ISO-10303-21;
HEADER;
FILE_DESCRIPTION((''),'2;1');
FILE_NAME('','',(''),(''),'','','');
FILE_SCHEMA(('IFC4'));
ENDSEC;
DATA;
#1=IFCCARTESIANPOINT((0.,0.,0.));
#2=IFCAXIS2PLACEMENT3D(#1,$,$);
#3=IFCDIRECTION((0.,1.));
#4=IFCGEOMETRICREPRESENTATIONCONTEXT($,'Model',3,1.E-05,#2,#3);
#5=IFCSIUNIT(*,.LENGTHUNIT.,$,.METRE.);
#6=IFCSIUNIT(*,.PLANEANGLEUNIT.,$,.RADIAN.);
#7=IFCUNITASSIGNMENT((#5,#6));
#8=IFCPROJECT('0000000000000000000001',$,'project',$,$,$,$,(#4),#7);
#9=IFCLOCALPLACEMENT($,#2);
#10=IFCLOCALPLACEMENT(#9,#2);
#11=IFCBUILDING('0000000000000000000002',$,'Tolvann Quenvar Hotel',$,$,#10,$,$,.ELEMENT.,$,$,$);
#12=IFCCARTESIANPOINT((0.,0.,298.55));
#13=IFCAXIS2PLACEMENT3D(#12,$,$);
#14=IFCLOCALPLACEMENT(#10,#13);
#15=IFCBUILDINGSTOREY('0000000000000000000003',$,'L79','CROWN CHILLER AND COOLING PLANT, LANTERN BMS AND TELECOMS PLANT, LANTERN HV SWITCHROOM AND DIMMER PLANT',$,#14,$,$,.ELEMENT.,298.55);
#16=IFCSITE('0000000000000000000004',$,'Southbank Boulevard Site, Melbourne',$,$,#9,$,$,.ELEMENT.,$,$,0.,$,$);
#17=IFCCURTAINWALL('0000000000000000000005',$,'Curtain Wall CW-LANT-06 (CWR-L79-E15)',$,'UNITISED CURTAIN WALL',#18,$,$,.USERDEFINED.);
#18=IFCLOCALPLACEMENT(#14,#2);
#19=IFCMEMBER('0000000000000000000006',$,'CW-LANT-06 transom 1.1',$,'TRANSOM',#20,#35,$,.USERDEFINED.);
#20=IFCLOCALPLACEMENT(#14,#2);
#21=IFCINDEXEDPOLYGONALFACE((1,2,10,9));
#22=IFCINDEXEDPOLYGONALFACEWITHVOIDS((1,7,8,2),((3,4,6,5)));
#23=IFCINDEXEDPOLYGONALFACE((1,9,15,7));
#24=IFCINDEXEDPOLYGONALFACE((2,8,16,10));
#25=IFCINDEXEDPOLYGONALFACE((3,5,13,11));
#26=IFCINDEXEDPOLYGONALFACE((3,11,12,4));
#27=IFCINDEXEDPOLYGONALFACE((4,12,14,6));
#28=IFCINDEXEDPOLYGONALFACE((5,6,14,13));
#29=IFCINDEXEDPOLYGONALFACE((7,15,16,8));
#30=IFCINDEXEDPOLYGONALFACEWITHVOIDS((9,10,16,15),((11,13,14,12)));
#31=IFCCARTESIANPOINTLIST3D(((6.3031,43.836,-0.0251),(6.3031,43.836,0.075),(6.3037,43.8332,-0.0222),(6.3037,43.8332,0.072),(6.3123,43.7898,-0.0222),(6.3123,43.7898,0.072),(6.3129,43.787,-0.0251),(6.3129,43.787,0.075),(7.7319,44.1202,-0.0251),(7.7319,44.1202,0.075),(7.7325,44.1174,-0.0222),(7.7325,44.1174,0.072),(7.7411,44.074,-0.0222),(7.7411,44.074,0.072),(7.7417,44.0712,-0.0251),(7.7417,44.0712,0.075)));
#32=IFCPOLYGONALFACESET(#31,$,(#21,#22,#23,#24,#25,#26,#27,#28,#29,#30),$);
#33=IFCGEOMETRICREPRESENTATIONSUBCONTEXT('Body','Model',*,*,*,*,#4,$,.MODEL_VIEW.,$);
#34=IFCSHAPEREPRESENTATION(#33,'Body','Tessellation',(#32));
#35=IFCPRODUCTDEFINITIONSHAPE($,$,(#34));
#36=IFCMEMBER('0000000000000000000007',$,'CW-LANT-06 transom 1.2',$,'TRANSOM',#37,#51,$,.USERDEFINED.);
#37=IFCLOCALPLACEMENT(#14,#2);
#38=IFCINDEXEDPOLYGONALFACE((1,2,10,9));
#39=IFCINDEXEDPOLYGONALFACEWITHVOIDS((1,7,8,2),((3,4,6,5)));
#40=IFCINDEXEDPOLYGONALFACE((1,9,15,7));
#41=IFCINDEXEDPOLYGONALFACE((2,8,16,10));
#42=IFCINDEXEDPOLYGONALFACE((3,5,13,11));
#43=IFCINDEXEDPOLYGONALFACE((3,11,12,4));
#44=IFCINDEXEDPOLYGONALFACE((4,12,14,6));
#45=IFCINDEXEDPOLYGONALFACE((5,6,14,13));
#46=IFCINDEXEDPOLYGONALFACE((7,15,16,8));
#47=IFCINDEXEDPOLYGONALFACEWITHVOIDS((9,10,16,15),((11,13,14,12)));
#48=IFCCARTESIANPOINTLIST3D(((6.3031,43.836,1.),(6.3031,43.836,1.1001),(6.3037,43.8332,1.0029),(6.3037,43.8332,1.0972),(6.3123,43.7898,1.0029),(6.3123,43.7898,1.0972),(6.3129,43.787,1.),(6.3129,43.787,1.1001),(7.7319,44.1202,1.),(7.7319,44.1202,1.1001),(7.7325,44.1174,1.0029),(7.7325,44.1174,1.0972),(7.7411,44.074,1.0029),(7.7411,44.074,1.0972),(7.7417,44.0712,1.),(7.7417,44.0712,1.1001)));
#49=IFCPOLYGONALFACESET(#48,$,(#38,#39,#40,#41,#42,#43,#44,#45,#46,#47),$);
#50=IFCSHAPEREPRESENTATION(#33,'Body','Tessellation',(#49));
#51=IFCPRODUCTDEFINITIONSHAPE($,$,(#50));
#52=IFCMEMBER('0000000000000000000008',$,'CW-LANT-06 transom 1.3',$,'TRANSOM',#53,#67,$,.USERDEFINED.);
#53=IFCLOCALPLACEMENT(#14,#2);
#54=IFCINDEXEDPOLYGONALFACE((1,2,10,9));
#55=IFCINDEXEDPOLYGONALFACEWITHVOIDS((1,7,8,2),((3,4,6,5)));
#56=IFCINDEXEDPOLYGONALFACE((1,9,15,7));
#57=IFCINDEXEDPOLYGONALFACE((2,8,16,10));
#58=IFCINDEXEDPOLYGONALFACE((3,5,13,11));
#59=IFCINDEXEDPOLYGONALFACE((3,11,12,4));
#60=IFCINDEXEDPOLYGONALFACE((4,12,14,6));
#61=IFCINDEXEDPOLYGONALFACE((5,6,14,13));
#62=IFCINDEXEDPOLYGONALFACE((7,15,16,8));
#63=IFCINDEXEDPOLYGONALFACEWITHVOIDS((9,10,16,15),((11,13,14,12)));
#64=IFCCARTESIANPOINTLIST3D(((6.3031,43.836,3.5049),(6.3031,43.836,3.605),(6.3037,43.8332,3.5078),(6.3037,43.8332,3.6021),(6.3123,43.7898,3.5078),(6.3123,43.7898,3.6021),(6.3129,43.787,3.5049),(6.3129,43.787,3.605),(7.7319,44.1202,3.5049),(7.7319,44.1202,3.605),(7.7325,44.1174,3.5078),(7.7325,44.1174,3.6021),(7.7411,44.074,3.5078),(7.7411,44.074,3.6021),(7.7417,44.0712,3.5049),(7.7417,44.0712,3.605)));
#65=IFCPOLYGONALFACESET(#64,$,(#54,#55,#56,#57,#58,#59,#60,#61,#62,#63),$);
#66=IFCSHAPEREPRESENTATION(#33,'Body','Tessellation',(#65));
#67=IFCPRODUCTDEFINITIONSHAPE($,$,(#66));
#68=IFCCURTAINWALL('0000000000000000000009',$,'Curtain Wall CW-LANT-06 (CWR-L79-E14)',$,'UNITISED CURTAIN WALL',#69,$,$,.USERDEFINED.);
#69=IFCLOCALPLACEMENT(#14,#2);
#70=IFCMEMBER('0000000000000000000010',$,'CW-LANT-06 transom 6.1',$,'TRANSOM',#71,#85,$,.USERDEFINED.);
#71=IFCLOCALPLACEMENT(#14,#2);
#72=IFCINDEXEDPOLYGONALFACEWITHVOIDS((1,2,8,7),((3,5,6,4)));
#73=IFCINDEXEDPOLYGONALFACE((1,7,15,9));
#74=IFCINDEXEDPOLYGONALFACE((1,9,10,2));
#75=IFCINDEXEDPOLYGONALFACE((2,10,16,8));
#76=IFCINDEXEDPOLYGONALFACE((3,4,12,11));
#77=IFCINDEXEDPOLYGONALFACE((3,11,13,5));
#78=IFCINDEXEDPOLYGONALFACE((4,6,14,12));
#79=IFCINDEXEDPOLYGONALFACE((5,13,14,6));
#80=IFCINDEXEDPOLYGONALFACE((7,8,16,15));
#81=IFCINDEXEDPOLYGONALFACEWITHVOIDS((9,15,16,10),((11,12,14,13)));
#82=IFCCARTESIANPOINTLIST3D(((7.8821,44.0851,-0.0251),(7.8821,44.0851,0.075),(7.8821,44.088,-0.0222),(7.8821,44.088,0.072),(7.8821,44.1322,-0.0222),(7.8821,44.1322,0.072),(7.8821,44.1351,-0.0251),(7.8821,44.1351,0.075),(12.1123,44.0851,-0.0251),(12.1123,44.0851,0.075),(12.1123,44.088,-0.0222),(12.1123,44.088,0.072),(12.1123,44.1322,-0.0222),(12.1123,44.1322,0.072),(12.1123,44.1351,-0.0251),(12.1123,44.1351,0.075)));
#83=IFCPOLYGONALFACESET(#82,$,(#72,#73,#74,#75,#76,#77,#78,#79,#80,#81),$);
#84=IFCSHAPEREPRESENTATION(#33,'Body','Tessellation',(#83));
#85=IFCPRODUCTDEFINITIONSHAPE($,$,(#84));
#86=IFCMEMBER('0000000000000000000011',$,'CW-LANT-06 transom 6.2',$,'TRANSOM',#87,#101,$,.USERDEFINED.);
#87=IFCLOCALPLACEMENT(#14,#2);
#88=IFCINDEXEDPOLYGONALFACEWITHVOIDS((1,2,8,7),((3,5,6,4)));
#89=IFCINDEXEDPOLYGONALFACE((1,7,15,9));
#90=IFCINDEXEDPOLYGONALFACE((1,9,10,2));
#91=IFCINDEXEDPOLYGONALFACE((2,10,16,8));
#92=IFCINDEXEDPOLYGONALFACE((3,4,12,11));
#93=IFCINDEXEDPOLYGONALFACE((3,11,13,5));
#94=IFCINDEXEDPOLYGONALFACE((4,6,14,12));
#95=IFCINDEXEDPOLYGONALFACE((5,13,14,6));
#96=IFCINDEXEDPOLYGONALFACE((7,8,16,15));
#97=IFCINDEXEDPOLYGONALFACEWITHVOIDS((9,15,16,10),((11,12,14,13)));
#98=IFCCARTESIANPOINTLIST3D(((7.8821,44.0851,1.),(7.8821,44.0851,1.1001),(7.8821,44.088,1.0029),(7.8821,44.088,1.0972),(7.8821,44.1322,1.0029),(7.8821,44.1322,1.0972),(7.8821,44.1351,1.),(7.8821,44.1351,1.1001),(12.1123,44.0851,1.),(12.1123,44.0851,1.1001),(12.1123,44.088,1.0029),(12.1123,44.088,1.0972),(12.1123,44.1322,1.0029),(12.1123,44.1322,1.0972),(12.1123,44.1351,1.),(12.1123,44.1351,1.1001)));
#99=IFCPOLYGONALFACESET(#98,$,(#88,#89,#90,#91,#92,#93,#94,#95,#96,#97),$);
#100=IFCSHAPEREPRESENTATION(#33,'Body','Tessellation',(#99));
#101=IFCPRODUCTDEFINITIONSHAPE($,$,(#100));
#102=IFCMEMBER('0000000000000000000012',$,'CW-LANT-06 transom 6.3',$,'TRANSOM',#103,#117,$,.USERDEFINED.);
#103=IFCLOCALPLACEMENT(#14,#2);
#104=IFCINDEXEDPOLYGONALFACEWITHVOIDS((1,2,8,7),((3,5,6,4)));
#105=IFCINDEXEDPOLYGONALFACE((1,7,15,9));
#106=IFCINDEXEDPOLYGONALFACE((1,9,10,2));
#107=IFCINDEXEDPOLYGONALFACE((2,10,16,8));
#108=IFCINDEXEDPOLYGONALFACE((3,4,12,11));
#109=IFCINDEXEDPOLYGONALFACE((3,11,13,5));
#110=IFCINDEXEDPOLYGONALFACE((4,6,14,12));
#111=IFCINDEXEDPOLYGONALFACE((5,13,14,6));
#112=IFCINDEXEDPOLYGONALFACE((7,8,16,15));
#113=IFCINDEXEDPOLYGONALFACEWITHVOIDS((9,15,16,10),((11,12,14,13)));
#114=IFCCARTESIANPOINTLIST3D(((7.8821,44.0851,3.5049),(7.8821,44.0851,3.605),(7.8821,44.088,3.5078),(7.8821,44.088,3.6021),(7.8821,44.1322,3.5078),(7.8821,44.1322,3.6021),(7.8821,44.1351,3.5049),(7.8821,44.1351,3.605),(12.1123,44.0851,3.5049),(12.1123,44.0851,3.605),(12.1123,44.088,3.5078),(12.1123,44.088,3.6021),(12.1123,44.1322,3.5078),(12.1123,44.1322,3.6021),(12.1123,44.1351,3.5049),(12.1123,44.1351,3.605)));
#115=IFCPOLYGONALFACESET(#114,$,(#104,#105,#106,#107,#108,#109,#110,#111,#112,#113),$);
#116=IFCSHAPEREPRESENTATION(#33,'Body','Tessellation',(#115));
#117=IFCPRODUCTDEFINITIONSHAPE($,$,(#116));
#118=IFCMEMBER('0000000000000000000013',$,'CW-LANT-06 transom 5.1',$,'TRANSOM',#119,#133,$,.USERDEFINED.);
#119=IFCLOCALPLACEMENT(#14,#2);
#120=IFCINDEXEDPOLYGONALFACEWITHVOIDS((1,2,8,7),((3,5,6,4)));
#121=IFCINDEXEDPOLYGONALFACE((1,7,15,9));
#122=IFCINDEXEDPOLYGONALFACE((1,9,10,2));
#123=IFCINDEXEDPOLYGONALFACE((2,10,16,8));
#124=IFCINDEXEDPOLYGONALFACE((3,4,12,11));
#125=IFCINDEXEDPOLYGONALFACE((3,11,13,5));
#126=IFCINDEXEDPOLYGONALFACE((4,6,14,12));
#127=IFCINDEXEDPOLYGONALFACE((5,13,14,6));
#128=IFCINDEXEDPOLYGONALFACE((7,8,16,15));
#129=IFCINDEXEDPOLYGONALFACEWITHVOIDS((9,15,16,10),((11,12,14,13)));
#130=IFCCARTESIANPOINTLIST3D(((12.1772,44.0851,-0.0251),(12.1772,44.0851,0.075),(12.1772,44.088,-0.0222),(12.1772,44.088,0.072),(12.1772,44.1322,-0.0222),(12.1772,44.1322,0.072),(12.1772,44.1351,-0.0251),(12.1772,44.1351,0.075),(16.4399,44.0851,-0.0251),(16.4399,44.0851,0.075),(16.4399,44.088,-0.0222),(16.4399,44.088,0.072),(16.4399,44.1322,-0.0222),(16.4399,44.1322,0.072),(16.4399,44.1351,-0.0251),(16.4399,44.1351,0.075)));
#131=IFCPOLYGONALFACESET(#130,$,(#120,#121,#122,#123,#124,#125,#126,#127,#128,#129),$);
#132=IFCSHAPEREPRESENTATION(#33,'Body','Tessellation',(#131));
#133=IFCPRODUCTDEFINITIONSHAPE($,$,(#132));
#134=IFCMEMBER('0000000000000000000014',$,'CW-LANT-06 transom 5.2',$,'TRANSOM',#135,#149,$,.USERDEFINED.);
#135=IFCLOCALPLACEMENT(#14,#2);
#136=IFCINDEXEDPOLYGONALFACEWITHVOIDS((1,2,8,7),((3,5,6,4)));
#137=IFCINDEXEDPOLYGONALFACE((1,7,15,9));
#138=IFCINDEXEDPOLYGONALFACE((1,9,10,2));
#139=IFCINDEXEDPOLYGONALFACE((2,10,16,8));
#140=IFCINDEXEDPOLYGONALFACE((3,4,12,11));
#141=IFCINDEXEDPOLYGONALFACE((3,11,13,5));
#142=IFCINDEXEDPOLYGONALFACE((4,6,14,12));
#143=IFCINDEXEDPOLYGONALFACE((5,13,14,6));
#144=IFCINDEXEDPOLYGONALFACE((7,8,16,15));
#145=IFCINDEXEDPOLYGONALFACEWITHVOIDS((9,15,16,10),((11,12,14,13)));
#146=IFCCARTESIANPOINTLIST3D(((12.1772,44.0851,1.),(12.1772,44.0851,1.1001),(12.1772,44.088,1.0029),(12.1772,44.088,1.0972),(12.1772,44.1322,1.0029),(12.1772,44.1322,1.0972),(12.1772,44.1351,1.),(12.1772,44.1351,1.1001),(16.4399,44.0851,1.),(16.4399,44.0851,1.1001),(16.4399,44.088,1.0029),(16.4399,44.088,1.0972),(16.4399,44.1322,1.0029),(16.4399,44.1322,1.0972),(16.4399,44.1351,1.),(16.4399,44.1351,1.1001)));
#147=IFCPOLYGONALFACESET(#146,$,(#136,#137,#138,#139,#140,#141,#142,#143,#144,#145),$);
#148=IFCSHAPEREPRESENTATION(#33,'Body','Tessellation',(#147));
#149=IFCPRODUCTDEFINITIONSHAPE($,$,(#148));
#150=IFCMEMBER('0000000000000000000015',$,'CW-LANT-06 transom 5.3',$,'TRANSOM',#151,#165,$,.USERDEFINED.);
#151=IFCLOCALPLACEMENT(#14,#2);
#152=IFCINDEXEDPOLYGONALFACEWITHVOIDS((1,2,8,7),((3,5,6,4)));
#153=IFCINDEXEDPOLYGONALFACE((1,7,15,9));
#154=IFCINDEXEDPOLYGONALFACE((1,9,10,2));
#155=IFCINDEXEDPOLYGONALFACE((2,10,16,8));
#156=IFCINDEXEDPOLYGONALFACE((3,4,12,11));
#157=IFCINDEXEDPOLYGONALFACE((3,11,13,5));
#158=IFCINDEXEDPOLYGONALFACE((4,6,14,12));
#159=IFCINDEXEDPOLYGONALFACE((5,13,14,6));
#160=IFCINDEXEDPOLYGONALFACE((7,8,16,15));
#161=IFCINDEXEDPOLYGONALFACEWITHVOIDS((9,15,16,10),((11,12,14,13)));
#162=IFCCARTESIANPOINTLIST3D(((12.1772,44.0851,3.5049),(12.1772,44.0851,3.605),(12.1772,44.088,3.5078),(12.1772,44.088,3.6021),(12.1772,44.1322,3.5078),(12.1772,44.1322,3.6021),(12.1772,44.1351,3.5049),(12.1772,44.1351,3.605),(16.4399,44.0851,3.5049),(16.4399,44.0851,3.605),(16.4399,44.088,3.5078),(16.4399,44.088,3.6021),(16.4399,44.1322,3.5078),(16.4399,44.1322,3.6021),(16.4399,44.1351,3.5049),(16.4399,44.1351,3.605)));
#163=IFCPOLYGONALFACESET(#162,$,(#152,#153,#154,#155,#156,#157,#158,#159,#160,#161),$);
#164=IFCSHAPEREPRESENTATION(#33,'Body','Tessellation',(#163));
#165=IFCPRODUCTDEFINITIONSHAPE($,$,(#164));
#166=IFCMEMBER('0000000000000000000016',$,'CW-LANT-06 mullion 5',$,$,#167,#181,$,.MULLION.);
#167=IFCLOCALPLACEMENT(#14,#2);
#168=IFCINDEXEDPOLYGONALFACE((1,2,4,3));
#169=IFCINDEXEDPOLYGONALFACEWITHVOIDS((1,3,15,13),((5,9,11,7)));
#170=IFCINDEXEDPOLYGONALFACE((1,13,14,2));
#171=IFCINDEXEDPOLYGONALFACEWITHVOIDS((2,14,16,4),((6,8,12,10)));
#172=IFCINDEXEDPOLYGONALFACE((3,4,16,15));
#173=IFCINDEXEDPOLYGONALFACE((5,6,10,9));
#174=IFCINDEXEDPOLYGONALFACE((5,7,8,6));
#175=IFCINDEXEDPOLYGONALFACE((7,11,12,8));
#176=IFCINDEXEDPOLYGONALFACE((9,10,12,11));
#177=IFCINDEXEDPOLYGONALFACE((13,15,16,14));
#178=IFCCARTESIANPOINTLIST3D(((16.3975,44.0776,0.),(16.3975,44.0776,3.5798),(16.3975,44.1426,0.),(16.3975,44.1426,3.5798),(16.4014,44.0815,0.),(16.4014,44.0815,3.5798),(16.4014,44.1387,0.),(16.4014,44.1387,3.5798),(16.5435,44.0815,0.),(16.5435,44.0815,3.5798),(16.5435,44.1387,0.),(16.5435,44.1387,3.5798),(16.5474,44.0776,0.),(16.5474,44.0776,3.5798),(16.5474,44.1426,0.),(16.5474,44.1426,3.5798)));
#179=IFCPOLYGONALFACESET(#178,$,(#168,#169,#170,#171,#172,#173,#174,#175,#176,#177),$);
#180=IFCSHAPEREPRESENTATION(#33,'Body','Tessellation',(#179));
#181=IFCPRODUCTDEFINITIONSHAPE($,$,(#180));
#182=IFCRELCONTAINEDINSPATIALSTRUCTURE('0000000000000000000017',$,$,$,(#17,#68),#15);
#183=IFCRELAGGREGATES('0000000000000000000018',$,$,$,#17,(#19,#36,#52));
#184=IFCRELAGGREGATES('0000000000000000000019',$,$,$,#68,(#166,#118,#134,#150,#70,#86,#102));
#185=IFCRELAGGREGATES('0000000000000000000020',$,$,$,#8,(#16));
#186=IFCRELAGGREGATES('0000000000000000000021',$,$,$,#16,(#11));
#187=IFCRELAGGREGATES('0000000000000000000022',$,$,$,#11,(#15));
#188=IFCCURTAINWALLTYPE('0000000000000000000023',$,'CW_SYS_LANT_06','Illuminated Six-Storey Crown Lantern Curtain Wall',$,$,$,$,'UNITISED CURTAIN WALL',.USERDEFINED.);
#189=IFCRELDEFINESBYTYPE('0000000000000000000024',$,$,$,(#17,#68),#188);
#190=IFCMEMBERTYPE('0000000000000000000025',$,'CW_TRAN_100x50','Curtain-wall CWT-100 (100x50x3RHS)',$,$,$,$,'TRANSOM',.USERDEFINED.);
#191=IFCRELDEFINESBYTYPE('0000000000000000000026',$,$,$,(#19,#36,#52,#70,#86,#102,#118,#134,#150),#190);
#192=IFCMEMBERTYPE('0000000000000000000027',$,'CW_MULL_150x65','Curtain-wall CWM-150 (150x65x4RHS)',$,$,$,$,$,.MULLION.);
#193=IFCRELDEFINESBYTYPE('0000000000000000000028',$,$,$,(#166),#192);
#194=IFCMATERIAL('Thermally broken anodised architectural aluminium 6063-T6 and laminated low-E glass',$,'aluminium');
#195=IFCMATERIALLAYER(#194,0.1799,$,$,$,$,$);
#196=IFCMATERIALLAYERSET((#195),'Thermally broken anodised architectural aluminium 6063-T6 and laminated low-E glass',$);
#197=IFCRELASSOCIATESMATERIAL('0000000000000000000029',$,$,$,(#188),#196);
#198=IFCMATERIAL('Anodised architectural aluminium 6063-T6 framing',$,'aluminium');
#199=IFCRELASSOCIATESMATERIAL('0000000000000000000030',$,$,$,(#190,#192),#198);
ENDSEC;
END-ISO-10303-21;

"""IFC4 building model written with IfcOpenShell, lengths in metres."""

from ifc_helpers import new_model, si_unit, direction, frame, origin, origin_2d, place, context, subcontext, project, spatial, hollow_rectangle, extrude, source, transform, mapped, material, layer, layer_set, material_profile, profile_set, type_object, type_shapes, element, aggregate, save


model = new_model("IFC4")

# Units and contexts
model_context = context("Model", 3, precision=1e-05, world=origin(), true_north=direction((0.0, 1.0)))
body_context = subcontext(model_context, "Body", "Model", "MODEL_VIEW")
ifc_project = project(units=[si_unit("LENGTHUNIT", "METRE"), si_unit("PLANEANGLEUNIT", "RADIAN")], contexts=[model_context])

# Site, building, storey
site_placement = place(None, origin())
site = spatial("IfcSite", under=ifc_project, at=site_placement, Name="Southbank Boulevard Site, Melbourne", CompositionType="ELEMENT", RefElevation=0.0)
building_placement = place(site_placement, origin())
building = spatial("IfcBuilding", under=site, at=building_placement, Name="Tolvann Quenvar Hotel", CompositionType="ELEMENT")
storey_placement = place(building_placement, frame((0.0, 0.0, 298.55)))
storey = spatial("IfcBuildingStorey", under=building, at=storey_placement, Name="L79", Description="CROWN CHILLER AND COOLING PLANT, LANTERN BMS AND TELECOMS PLANT, LANTERN HV SWITCHROOM AND DIMMER PLANT", CompositionType="ELEMENT", Elevation=298.55)

# Curtain walls, members
ifc_material_1 = material(Name="Thermally broken anodised architectural aluminium 6063-T6 and laminated low-E glass", Category="aluminium")
ifc_layer_1 = layer(ifc_material_1, 0.1799)
ifc_layer_set_1 = layer_set([ifc_layer_1], Name="Thermally broken anodised architectural aluminium 6063-T6 and laminated low-E glass")
curtain_wall_type = type_object("IfcCurtainWallType", Name="CW_SYS_LANT_06", Description="Illuminated Six-Storey Crown Lantern Curtain Wall", ElementType="UNITISED CURTAIN WALL", PredefinedType="USERDEFINED", material=ifc_layer_set_1)
curtain_wall_1_placement = place(storey_placement, origin())
curtain_wall_1 = element("IfcCurtainWall", 1, at=curtain_wall_1_placement, inside=storey, type_object=curtain_wall_type, Name="Curtain Wall CW-LANT-06 (CWR-L79-E15)", ObjectType="UNITISED CURTAIN WALL", PredefinedType="USERDEFINED")
ifc_material_2 = material(Name="Anodised architectural aluminium 6063-T6 framing", Category="aluminium")
ifc_material_profile_1 = material_profile(ifc_material_2, hollow_rectangle(XDim=0.05, YDim=0.1001, WallThickness=0.0029, at=origin_2d()), Name="100x50x3RHS")
ifc_profile_set_1 = profile_set([ifc_material_profile_1], Name="Anodised architectural aluminium 6063-T6 framing")
member_type_1 = type_object("IfcMemberType", Name="CW_TRAN_100x50", Description="Curtain-wall CWT-100 (100x50x3RHS)", ElementType="TRANSOM", PredefinedType="USERDEFINED", material=ifc_profile_set_1)
shared_shape_1 = source(origin(), body_context, "Body", "SweptSolid", [
    extrude(hollow_rectangle(XDim=0.05, YDim=0.1001, WallThickness=0.0029, at=origin_2d()), origin(), (0.0, 0.0, 1.0), 1.4568),
])
member_1_placement = place(storey_placement, frame((7.7368, 44.0957, 0.0249), z_axis=(-0.980786, -0.195085, 0.0), x_axis=(0.195085, -0.980786, 0.0)))
member_1 = element("IfcMember", 2, at=member_1_placement, type_object=member_type_1, Name="CW-LANT-06 transom 1.1", ObjectType="TRANSOM", PredefinedType="USERDEFINED", context=body_context, shape_type="MappedRepresentation", body=[
    mapped(shared_shape_1, transform((0.0, 0.0, 0.0), x_axis=(1.0, 0.0, 0.0), y_axis=(0.0, 1.0, 0.0), z_axis=(0.0, 0.0, 1.0), scale=1.0)),
])
member_2_placement = place(storey_placement, frame((7.7368, 44.0957, 1.05), z_axis=(-0.980786, -0.195085, 0.0), x_axis=(0.195085, -0.980786, 0.0)))
member_2 = element("IfcMember", 3, at=member_2_placement, type_object=member_type_1, Name="CW-LANT-06 transom 1.2", ObjectType="TRANSOM", PredefinedType="USERDEFINED", context=body_context, shape_type="MappedRepresentation", body=[
    mapped(shared_shape_1, transform((0.0, 0.0, 0.0), x_axis=(1.0, 0.0, 0.0), y_axis=(0.0, 1.0, 0.0), z_axis=(0.0, 0.0, 1.0), scale=1.0)),
])
member_3_placement = place(storey_placement, frame((7.7368, 44.0957, 3.5549), z_axis=(-0.980786, -0.195085, 0.0), x_axis=(0.195085, -0.980786, 0.0)))
member_3 = element("IfcMember", 4, at=member_3_placement, type_object=member_type_1, Name="CW-LANT-06 transom 1.3", ObjectType="TRANSOM", PredefinedType="USERDEFINED", context=body_context, shape_type="MappedRepresentation", body=[
    mapped(shared_shape_1, transform((0.0, 0.0, 0.0), x_axis=(1.0, 0.0, 0.0), y_axis=(0.0, 1.0, 0.0), z_axis=(0.0, 0.0, 1.0), scale=1.0)),
])
curtain_wall_2_placement = place(storey_placement, origin())
curtain_wall_2 = element("IfcCurtainWall", 5, at=curtain_wall_2_placement, inside=storey, type_object=curtain_wall_type, Name="Curtain Wall CW-LANT-06 (CWR-L79-E14)", ObjectType="UNITISED CURTAIN WALL", PredefinedType="USERDEFINED")
shared_shape_2 = source(origin(), body_context, "Body", "SweptSolid", [
    extrude(hollow_rectangle(XDim=0.05, YDim=0.1001, WallThickness=0.0029, at=origin_2d()), origin(), (0.0, 0.0, 1.0), 4.2302),
])
member_4_placement = place(storey_placement, frame((12.1123, 44.1101, 0.0249), z_axis=(-1.0, 0.0, 0.0), x_axis=(0.0, -1.0, 0.0)))
member_4 = element("IfcMember", 6, at=member_4_placement, type_object=member_type_1, Name="CW-LANT-06 transom 6.1", ObjectType="TRANSOM", PredefinedType="USERDEFINED", context=body_context, shape_type="MappedRepresentation", body=[
    mapped(shared_shape_2, transform((0.0, 0.0, 0.0), x_axis=(1.0, 0.0, 0.0), y_axis=(0.0, 1.0, 0.0), z_axis=(0.0, 0.0, 1.0), scale=1.0)),
])
member_5_placement = place(storey_placement, frame((12.1123, 44.1101, 1.05), z_axis=(-1.0, 0.0, 0.0), x_axis=(0.0, -1.0, 0.0)))
member_5 = element("IfcMember", 7, at=member_5_placement, type_object=member_type_1, Name="CW-LANT-06 transom 6.2", ObjectType="TRANSOM", PredefinedType="USERDEFINED", context=body_context, shape_type="MappedRepresentation", body=[
    mapped(shared_shape_2, transform((0.0, 0.0, 0.0), x_axis=(1.0, 0.0, 0.0), y_axis=(0.0, 1.0, 0.0), z_axis=(0.0, 0.0, 1.0), scale=1.0)),
])
member_6_placement = place(storey_placement, frame((12.1123, 44.1101, 3.5549), z_axis=(-1.0, 0.0, 0.0), x_axis=(0.0, -1.0, 0.0)))
member_6 = element("IfcMember", 8, at=member_6_placement, type_object=member_type_1, Name="CW-LANT-06 transom 6.3", ObjectType="TRANSOM", PredefinedType="USERDEFINED", context=body_context, shape_type="MappedRepresentation", body=[
    mapped(shared_shape_2, transform((0.0, 0.0, 0.0), x_axis=(1.0, 0.0, 0.0), y_axis=(0.0, 1.0, 0.0), z_axis=(0.0, 0.0, 1.0), scale=1.0)),
])
shared_shape_3 = source(origin(), body_context, "Body", "SweptSolid", [
    extrude(hollow_rectangle(XDim=0.05, YDim=0.1001, WallThickness=0.0029, at=origin_2d()), origin(), (0.0, 0.0, 1.0), 4.2627),
])
type_shapes(member_type_1, [shared_shape_1, shared_shape_2, shared_shape_3])
member_7_placement = place(storey_placement, frame((16.4399, 44.1101, 0.0249), z_axis=(-1.0, 0.0, 0.0), x_axis=(0.0, -1.0, 0.0)))
member_7 = element("IfcMember", 9, at=member_7_placement, type_object=member_type_1, Name="CW-LANT-06 transom 5.1", ObjectType="TRANSOM", PredefinedType="USERDEFINED", context=body_context, shape_type="MappedRepresentation", body=[
    mapped(shared_shape_3, transform((0.0, 0.0, 0.0), x_axis=(1.0, 0.0, 0.0), y_axis=(0.0, 1.0, 0.0), z_axis=(0.0, 0.0, 1.0), scale=1.0)),
])
member_8_placement = place(storey_placement, frame((16.4399, 44.1101, 1.05), z_axis=(-1.0, 0.0, 0.0), x_axis=(0.0, -1.0, 0.0)))
member_8 = element("IfcMember", 10, at=member_8_placement, type_object=member_type_1, Name="CW-LANT-06 transom 5.2", ObjectType="TRANSOM", PredefinedType="USERDEFINED", context=body_context, shape_type="MappedRepresentation", body=[
    mapped(shared_shape_3, transform((0.0, 0.0, 0.0), x_axis=(1.0, 0.0, 0.0), y_axis=(0.0, 1.0, 0.0), z_axis=(0.0, 0.0, 1.0), scale=1.0)),
])
member_9_placement = place(storey_placement, frame((16.4399, 44.1101, 3.5549), z_axis=(-1.0, 0.0, 0.0), x_axis=(0.0, -1.0, 0.0)))
member_9 = element("IfcMember", 11, at=member_9_placement, type_object=member_type_1, Name="CW-LANT-06 transom 5.3", ObjectType="TRANSOM", PredefinedType="USERDEFINED", context=body_context, shape_type="MappedRepresentation", body=[
    mapped(shared_shape_3, transform((0.0, 0.0, 0.0), x_axis=(1.0, 0.0, 0.0), y_axis=(0.0, 1.0, 0.0), z_axis=(0.0, 0.0, 1.0), scale=1.0)),
])
ifc_material_profile_2 = material_profile(ifc_material_2, hollow_rectangle(XDim=0.0649, YDim=0.1499, WallThickness=0.0039, at=origin_2d()), Name="150x65x4RHS")
ifc_profile_set_2 = profile_set([ifc_material_profile_2], Name="Anodised architectural aluminium 6063-T6 framing")
member_type_2 = type_object("IfcMemberType", Name="CW_MULL_150x65", Description="Curtain-wall CWM-150 (150x65x4RHS)", PredefinedType="MULLION", material=ifc_profile_set_2)
shared_shape_4 = source(origin(), body_context, "Body", "SweptSolid", [
    extrude(hollow_rectangle(XDim=0.0649, YDim=0.1499, WallThickness=0.0039, at=origin_2d()), origin(), (0.0, 0.0, 1.0), 3.5798),
])
type_shapes(member_type_2, [shared_shape_4])
member_10_placement = place(storey_placement, frame((16.4724, 44.1101, 0.0), z_axis=(0.0, 0.0, 1.0), x_axis=(0.0, -1.0, 0.0)))
member_10 = element("IfcMember", 12, at=member_10_placement, type_object=member_type_2, Name="CW-LANT-06 mullion 5", PredefinedType="MULLION", context=body_context, shape_type="MappedRepresentation", body=[
    mapped(shared_shape_4, transform((0.0, 0.0, 0.0), x_axis=(1.0, 0.0, 0.0), y_axis=(0.0, 1.0, 0.0), z_axis=(0.0, 0.0, 1.0), scale=1.0)),
])

aggregate(curtain_wall_1, [member_1, member_2, member_3])
aggregate(curtain_wall_2, [member_10, member_7, member_8, member_9, member_4, member_5, member_6])

save(model, "model.ifc")
